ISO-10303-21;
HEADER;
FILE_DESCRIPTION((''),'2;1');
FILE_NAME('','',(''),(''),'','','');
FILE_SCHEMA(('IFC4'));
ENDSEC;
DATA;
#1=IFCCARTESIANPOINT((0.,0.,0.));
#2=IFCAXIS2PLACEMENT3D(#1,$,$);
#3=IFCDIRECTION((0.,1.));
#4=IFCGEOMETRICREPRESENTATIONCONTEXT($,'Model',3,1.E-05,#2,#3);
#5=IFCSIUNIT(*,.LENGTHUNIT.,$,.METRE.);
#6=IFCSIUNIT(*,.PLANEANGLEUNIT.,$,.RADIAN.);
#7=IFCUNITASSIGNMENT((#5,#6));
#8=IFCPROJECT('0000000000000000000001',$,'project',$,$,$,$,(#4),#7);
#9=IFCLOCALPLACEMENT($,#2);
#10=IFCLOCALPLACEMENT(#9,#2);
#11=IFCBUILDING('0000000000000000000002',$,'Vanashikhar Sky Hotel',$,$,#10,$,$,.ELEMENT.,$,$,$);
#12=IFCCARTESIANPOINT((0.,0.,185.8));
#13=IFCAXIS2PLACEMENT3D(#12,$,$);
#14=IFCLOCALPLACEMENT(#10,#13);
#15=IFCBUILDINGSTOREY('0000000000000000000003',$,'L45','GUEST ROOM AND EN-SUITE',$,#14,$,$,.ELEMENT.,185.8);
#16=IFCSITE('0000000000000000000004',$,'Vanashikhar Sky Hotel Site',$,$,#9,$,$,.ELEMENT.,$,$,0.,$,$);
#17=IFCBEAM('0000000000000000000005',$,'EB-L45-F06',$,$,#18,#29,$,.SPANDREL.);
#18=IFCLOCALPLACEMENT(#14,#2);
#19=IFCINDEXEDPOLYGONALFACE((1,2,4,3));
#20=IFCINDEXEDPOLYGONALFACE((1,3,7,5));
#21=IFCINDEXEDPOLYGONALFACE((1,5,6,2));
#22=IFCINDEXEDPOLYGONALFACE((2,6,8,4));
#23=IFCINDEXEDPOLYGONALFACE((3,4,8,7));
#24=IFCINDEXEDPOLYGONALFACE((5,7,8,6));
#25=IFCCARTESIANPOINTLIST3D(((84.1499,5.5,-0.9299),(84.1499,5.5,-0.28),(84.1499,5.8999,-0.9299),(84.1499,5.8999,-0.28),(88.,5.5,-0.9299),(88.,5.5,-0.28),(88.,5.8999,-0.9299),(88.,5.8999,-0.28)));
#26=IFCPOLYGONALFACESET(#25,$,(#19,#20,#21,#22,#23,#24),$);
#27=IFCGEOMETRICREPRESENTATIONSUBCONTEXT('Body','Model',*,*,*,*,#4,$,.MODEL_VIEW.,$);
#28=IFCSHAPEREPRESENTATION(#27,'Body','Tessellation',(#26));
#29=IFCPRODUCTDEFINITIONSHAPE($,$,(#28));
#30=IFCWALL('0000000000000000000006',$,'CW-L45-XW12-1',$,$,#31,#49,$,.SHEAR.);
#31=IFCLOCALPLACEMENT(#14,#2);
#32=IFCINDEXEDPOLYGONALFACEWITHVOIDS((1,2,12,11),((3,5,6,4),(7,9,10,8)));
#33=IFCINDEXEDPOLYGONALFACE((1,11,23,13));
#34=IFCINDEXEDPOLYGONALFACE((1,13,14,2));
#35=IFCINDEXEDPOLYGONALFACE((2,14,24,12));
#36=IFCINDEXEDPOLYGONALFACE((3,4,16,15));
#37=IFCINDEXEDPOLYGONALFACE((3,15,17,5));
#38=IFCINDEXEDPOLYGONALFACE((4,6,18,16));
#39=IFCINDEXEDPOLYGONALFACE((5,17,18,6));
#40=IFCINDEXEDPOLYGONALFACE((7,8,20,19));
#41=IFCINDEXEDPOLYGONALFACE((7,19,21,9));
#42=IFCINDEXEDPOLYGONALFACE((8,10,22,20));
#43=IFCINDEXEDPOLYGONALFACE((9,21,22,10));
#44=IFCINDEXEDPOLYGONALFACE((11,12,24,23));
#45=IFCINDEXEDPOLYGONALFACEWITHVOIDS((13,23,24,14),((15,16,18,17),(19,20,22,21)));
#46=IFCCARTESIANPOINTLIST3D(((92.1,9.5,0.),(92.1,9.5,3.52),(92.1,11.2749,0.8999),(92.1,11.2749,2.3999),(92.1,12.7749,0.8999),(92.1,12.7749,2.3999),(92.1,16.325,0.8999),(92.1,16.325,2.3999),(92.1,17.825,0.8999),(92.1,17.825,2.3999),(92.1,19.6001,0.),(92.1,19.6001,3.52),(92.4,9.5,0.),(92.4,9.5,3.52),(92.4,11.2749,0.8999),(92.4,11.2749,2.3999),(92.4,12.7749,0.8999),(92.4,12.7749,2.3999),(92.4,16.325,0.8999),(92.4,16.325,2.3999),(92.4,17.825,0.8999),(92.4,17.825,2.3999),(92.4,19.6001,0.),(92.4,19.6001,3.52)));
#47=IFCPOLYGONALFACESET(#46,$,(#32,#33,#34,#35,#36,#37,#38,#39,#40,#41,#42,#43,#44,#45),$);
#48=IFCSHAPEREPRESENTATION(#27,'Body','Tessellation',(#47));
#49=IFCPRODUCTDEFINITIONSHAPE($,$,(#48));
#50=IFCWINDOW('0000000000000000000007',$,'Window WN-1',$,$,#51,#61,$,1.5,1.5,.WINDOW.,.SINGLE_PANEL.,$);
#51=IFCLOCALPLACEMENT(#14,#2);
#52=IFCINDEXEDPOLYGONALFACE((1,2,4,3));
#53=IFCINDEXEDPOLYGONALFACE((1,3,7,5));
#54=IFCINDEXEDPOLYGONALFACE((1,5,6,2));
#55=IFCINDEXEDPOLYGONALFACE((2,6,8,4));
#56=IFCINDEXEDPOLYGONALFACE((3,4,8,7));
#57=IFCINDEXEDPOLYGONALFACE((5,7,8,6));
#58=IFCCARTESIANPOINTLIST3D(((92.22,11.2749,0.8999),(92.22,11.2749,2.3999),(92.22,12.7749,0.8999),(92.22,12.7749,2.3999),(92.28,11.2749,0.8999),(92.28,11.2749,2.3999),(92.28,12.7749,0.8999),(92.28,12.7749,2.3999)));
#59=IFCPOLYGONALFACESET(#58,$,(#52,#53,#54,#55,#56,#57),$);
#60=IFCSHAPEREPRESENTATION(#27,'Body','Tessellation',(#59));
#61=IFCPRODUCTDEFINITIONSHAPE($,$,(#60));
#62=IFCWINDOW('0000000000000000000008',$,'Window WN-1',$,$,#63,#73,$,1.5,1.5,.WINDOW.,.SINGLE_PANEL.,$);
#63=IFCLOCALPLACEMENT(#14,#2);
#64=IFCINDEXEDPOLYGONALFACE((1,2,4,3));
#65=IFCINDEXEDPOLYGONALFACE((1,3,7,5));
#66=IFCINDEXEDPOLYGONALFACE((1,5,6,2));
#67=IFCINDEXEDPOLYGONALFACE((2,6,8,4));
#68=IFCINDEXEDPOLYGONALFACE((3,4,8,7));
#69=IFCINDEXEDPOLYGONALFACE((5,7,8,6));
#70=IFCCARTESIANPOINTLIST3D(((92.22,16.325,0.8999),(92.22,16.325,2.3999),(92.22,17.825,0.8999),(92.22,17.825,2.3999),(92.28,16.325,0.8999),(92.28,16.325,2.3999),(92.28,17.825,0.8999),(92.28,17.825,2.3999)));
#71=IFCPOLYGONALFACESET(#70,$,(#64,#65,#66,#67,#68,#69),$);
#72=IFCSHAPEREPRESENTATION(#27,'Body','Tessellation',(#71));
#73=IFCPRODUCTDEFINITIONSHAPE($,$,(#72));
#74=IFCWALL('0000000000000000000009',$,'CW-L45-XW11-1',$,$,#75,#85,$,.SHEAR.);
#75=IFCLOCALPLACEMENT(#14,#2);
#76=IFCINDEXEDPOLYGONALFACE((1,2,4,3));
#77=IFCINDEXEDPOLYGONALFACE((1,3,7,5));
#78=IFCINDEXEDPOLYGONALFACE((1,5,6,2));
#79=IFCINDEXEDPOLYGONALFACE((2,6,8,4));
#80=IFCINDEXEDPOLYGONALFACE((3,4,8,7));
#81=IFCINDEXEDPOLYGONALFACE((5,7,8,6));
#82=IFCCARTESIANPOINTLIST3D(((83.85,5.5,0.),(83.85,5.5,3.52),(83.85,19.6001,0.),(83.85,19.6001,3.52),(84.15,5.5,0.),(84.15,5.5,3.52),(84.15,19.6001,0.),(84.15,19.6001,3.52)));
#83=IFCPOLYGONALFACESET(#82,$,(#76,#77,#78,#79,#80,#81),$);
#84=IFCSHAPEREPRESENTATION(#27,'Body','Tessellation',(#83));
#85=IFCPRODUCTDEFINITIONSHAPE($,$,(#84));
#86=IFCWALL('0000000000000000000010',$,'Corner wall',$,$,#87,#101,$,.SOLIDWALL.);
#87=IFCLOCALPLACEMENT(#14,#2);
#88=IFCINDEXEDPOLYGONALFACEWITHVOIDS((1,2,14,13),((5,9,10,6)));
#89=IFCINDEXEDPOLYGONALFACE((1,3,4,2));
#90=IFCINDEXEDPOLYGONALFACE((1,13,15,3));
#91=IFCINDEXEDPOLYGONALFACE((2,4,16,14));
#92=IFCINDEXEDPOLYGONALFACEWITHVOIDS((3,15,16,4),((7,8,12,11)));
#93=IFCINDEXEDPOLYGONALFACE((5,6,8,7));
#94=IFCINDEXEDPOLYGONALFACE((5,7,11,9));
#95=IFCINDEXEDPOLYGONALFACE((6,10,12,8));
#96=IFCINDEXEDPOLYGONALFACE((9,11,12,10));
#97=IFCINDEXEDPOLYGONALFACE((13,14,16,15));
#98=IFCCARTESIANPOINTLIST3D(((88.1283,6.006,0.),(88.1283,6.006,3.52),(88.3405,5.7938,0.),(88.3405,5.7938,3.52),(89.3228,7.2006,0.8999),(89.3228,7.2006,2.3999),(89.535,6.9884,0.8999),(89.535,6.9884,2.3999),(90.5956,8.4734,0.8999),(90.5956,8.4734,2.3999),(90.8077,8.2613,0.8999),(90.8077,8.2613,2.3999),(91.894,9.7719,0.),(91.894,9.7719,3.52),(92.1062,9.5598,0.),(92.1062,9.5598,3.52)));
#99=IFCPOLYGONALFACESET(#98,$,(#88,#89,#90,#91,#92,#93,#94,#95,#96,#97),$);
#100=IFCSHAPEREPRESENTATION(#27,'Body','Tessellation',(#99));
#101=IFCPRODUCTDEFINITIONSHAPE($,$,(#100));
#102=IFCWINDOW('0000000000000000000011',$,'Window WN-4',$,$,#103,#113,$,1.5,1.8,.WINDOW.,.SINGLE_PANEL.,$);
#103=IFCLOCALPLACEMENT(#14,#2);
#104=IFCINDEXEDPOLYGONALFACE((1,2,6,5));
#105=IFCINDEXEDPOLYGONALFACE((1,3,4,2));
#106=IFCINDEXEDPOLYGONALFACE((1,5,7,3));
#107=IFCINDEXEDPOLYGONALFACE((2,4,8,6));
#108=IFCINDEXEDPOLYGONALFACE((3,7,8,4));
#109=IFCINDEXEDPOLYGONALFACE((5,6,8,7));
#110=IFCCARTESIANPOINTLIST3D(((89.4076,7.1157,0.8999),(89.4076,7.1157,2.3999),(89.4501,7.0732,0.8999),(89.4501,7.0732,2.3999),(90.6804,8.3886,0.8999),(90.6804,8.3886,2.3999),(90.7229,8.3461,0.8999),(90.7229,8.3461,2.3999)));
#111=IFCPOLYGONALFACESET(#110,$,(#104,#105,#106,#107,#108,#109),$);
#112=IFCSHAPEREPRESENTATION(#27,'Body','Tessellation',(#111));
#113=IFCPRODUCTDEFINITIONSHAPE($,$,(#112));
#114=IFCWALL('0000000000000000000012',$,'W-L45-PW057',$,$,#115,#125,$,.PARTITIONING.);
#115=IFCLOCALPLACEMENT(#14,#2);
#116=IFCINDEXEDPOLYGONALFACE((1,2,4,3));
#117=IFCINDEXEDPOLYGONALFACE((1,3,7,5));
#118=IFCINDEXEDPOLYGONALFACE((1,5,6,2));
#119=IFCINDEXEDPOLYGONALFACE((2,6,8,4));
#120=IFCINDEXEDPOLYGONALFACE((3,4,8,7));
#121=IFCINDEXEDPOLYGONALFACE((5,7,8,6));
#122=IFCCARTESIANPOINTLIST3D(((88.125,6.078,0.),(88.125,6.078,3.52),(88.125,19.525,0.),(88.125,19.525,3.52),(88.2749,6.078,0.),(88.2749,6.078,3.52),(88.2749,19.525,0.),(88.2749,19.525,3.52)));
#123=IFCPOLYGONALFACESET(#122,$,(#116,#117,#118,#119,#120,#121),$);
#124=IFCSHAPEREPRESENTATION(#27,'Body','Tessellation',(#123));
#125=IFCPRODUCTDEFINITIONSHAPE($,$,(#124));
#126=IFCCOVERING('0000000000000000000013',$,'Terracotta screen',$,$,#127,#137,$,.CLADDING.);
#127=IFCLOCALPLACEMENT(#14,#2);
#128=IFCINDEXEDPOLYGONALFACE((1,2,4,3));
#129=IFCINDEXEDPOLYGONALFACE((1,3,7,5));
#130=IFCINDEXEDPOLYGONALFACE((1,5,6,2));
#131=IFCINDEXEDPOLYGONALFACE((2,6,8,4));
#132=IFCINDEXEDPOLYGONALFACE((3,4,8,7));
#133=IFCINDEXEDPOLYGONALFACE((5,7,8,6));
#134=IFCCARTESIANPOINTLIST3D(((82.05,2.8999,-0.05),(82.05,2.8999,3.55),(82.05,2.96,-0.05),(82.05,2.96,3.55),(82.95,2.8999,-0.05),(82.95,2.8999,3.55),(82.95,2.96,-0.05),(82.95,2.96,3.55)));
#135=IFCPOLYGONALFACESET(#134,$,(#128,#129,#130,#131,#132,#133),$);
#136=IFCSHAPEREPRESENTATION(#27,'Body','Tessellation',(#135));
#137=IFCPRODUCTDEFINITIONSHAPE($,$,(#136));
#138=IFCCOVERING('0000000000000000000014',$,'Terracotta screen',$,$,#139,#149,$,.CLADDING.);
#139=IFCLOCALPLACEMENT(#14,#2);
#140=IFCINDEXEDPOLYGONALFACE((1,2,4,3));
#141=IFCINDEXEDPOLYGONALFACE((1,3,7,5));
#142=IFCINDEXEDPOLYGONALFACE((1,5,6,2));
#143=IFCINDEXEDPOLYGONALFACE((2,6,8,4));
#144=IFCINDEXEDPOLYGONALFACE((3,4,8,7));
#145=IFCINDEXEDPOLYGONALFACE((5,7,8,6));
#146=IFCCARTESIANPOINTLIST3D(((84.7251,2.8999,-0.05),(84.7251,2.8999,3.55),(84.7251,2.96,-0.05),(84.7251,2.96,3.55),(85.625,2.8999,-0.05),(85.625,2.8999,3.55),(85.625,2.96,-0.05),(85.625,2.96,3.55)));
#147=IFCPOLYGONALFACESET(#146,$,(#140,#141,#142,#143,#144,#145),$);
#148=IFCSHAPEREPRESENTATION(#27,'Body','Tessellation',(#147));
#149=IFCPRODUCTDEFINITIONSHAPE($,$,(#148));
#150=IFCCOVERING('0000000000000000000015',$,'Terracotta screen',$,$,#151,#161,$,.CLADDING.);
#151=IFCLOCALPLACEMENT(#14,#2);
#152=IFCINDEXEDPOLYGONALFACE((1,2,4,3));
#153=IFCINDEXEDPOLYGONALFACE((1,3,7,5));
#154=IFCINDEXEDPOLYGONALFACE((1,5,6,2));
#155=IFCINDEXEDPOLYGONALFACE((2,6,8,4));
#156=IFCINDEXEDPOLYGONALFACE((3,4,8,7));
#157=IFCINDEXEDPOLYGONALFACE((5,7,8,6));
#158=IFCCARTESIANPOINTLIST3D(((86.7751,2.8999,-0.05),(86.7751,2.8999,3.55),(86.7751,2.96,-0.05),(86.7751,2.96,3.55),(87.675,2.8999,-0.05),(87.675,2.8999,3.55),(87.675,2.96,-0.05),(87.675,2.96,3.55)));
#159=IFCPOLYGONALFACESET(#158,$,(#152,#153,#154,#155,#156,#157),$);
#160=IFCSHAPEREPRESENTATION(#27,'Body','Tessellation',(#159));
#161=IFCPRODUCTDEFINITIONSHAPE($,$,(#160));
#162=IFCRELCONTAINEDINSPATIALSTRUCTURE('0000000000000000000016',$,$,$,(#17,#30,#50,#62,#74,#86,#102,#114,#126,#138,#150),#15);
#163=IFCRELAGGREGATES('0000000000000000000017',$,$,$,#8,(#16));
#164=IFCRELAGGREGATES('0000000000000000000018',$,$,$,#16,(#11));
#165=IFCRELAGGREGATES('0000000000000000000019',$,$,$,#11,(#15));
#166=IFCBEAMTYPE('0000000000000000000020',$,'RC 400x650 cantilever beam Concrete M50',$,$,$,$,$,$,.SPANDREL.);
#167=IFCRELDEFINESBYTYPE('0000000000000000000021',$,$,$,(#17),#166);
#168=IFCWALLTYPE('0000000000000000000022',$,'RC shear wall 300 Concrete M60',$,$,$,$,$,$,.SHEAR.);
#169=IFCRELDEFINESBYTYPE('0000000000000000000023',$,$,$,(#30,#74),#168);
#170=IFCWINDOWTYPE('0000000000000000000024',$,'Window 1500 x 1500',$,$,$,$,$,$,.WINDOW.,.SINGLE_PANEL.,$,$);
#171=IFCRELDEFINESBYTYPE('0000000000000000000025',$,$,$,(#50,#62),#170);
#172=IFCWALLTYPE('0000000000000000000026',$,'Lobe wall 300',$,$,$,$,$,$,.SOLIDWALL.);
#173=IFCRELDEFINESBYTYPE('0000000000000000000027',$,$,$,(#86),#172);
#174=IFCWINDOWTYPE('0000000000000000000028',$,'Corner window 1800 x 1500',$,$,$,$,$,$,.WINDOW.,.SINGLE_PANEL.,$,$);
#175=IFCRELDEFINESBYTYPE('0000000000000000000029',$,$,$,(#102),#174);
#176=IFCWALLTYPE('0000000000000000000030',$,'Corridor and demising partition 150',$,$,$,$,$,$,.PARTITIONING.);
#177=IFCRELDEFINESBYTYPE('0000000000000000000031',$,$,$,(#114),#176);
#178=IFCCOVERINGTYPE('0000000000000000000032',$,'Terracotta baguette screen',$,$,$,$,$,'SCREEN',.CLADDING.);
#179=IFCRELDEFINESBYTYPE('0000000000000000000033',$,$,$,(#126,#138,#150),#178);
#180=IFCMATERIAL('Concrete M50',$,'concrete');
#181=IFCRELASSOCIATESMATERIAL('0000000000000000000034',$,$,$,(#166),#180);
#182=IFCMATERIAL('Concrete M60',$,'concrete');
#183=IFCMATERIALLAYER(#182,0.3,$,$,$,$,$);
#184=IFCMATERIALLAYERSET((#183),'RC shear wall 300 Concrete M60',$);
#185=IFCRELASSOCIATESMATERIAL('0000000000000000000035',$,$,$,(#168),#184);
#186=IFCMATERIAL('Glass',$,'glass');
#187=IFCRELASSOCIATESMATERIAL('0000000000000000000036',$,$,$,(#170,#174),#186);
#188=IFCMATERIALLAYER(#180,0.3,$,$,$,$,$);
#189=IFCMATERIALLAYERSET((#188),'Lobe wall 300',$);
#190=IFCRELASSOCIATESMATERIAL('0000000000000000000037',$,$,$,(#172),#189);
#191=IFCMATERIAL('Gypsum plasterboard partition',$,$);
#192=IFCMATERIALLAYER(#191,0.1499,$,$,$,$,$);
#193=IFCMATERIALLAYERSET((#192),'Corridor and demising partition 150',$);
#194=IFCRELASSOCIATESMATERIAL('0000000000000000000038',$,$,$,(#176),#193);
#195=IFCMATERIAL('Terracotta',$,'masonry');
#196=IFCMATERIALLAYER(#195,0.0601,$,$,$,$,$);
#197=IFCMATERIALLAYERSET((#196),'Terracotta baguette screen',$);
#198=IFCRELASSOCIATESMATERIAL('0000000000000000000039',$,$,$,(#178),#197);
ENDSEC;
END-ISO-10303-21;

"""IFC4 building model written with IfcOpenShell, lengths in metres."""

from ifc_helpers import new_model, si_unit, direction, frame, frame_2d, origin, origin_2d, place, context, subcontext, project, spatial, rectangle, extrude, source, transform, mapped, material, layer, layer_set, material_profile, profile_set, type_object, element, fill, save


model = new_model("IFC4")

# Units and contexts
model_context = context("Model", 3, precision=1e-05, world=origin(), true_north=direction((0.0, 1.0)))
body_context = subcontext(model_context, "Body", "Model", "MODEL_VIEW")
ifc_project = project(units=[si_unit("LENGTHUNIT", "METRE"), si_unit("PLANEANGLEUNIT", "RADIAN")], contexts=[model_context])

# Site, building, storey
site_placement = place(None, origin())
site = spatial("IfcSite", under=ifc_project, at=site_placement, Name="Vanashikhar Sky Hotel Site", CompositionType="ELEMENT", RefElevation=0.0)
building_placement = place(site_placement, origin())
building = spatial("IfcBuilding", under=site, at=building_placement, Name="Vanashikhar Sky Hotel", CompositionType="ELEMENT")
storey_placement = place(building_placement, frame((0.0, 0.0, 185.8)))
storey = spatial("IfcBuildingStorey", under=building, at=storey_placement, Name="L45", Description="GUEST ROOM AND EN-SUITE", CompositionType="ELEMENT", Elevation=185.8)

# Beam
ifc_material_1 = material(Name="Concrete M50", Category="concrete")
ifc_material_profile = material_profile(ifc_material_1, rectangle(XDim=0.3999, YDim=0.6499, at=origin_2d()))
ifc_profile_set = profile_set([ifc_material_profile], Name="RC 400x650 cantilever beam Concrete M50")
beam_type = type_object("IfcBeamType", Name="RC 400x650 cantilever beam Concrete M50", PredefinedType="SPANDREL", material=ifc_profile_set)
shared_shape_1 = source(origin(), body_context, "Body", "SweptSolid", [
    extrude(rectangle(XDim=0.3999, YDim=0.6499, at=origin_2d()), origin(), (0.0, 0.0, 1.0), 3.8501),
])
beam_placement = place(storey_placement, frame((84.1499, 5.7, -0.605), z_axis=(1.0, 0.0, 0.0), x_axis=(0.0, 1.0, 0.0)))
element("IfcBeam", 1, at=beam_placement, inside=storey, type_object=beam_type, Name="EB-L45-F06", PredefinedType="SPANDREL", context=body_context, shape_type="MappedRepresentation", body=[
    mapped(shared_shape_1, transform((0.0, 0.0, 0.0), scale=1.0)),
])

# Wall, openings, windows
ifc_material_2 = material(Name="Concrete M60", Category="concrete")
ifc_layer_1 = layer(ifc_material_2, 0.3)
ifc_layer_set_1 = layer_set([ifc_layer_1], Name="RC shear wall 300 Concrete M60")
wall_type_1 = type_object("IfcWallType", Name="RC shear wall 300 Concrete M60", PredefinedType="SHEAR", material=ifc_layer_set_1)
shared_shape_2 = source(origin(), body_context, "Body", "SweptSolid", [
    extrude(rectangle(XDim=10.1001, YDim=0.3, at=frame_2d((5.05, 0.0))), origin(), (0.0, 0.0, 1.0), 3.52),
])
wall_1_placement = place(storey_placement, frame((92.25, 9.5, 0.0), z_axis=(0.0, 0.0, 1.0), x_axis=(0.0, 1.0, 0.0)))
wall_1 = element("IfcWall", 2, at=wall_1_placement, inside=storey, type_object=wall_type_1, Name="CW-L45-XW12-1", PredefinedType="SHEAR", context=body_context, shape_type="MappedRepresentation", body=[
    mapped(shared_shape_2, transform((0.0, 0.0, 0.0), scale=1.0)),
])
shared_shape_3 = source(origin(), body_context, "Body", "SweptSolid", [
    extrude(rectangle(XDim=1.5, YDim=1.5, at=frame_2d((0.75, 0.75))), frame((0.0, 0.1602, 0.0), z_axis=(0.0, -1.0, 0.0), x_axis=(1.0, 0.0, 0.0)), (0.0, 0.0, 1.0), 0.3201),
])
opening_1_placement = place(wall_1_placement, frame((1.7749, 0.0, 0.8999)))
opening_1 = element("IfcOpeningElement", 3, at=opening_1_placement, cuts=wall_1, PredefinedType="OPENING", context=body_context, shape_type="MappedRepresentation", body=[
    mapped(shared_shape_3, transform((0.0, 0.0, 0.0), scale=1.0)),
])
opening_2_placement = place(wall_1_placement, frame((6.825, 0.0, 0.8999)))
opening_2 = element("IfcOpeningElement", 4, at=opening_2_placement, cuts=wall_1, PredefinedType="OPENING", context=body_context, shape_type="MappedRepresentation", body=[
    mapped(shared_shape_3, transform((0.0, 0.0, 0.0), scale=1.0)),
])
ifc_material_3 = material(Name="Glass", Category="glass")
window_type_1 = type_object("IfcWindowType", Name="Window 1500 x 1500", PartitioningType="SINGLE_PANEL", PredefinedType="WINDOW", material=ifc_material_3)
shared_shape_4 = source(origin(), body_context, "Body", "SweptSolid", [
    extrude(rectangle(XDim=1.5, YDim=1.5, at=frame_2d((0.75, 0.75))), frame((0.0, 0.03, 0.0), z_axis=(0.0, -1.0, 0.0), x_axis=(1.0, 0.0, 0.0)), (0.0, 0.0, 1.0), 0.0601),
])
window_1_placement = place(opening_1_placement, origin())
window_1 = element("IfcWindow", 5, at=window_1_placement, inside=storey, type_object=window_type_1, Name="Window WN-1", OverallHeight=1.5, OverallWidth=1.5, PartitioningType="SINGLE_PANEL", PredefinedType="WINDOW", context=body_context, shape_type="MappedRepresentation", body=[
    mapped(shared_shape_4, transform((0.0, 0.0, 0.0), scale=1.0)),
])
fill(opening_1, window_1)
window_2_placement = place(opening_2_placement, origin())
window_2 = element("IfcWindow", 6, at=window_2_placement, inside=storey, type_object=window_type_1, Name="Window WN-1", OverallHeight=1.5, OverallWidth=1.5, PartitioningType="SINGLE_PANEL", PredefinedType="WINDOW", context=body_context, shape_type="MappedRepresentation", body=[
    mapped(shared_shape_4, transform((0.0, 0.0, 0.0), scale=1.0)),
])
fill(opening_2, window_2)

# Wall
shared_shape_5 = source(origin(), body_context, "Body", "SweptSolid", [
    extrude(rectangle(XDim=14.1001, YDim=0.3, at=frame_2d((7.05, 0.0))), origin(), (0.0, 0.0, 1.0), 3.52),
])
wall_2_placement = place(storey_placement, frame((84.0, 5.5, 0.0), z_axis=(0.0, 0.0, 1.0), x_axis=(0.0, 1.0, 0.0)))
element("IfcWall", 7, at=wall_2_placement, inside=storey, type_object=wall_type_1, Name="CW-L45-XW11-1", PredefinedType="SHEAR", context=body_context, shape_type="MappedRepresentation", body=[
    mapped(shared_shape_5, transform((0.0, 0.0, 0.0), scale=1.0)),
])

# Wall, opening, window
ifc_layer_2 = layer(ifc_material_1, 0.3)
ifc_layer_set_2 = layer_set([ifc_layer_2], Name="Lobe wall 300")
wall_type_2 = type_object("IfcWallType", Name="Lobe wall 300", PredefinedType="SOLIDWALL", material=ifc_layer_set_2)
shared_shape_6 = source(origin(), body_context, "Body", "SweptSolid", [
    extrude(rectangle(XDim=5.3257, YDim=0.3, at=frame_2d((2.6628, 0.0))), origin(), (0.0, 0.0, 1.0), 3.52),
])
wall_3_placement = place(storey_placement, frame((88.2344, 5.8999, 0.0), z_axis=(0.0, 0.0, 1.0), x_axis=(0.707084, 0.70713, 0.0)))
wall_3 = element("IfcWall", 8, at=wall_3_placement, inside=storey, type_object=wall_type_2, Name="Corner wall", PredefinedType="SOLIDWALL", context=body_context, shape_type="MappedRepresentation", body=[
    mapped(shared_shape_6, transform((0.0, 0.0, 0.0), scale=1.0)),
])
shared_shape_7 = source(origin(), body_context, "Body", "SweptSolid", [
    extrude(rectangle(XDim=1.8, YDim=1.5, at=frame_2d((0.8999, 0.75))), frame((0.0, 0.1602, 0.0), z_axis=(0.0, -1.0, 0.0), x_axis=(1.0, 0.0, 0.0)), (0.0, 0.0, 1.0), 0.3201),
])
opening_3_placement = place(wall_3_placement, frame((1.6895, 0.0, 0.8999)))
opening_3 = element("IfcOpeningElement", 9, at=opening_3_placement, cuts=wall_3, PredefinedType="OPENING", context=body_context, shape_type="MappedRepresentation", body=[
    mapped(shared_shape_7, transform((0.0, 0.0, 0.0), scale=1.0)),
])
window_type_2 = type_object("IfcWindowType", Name="Corner window 1800 x 1500", PartitioningType="SINGLE_PANEL", PredefinedType="WINDOW", material=ifc_material_3)
shared_shape_8 = source(origin(), body_context, "Body", "SweptSolid", [
    extrude(rectangle(XDim=1.8, YDim=1.5, at=frame_2d((0.8999, 0.75))), frame((0.0, 0.03, 0.0), z_axis=(0.0, -1.0, 0.0), x_axis=(1.0, 0.0, 0.0)), (0.0, 0.0, 1.0), 0.0601),
])
window_3_placement = place(opening_3_placement, origin())
window_3 = element("IfcWindow", 10, at=window_3_placement, inside=storey, type_object=window_type_2, Name="Window WN-4", OverallHeight=1.5, OverallWidth=1.8, PartitioningType="SINGLE_PANEL", PredefinedType="WINDOW", context=body_context, shape_type="MappedRepresentation", body=[
    mapped(shared_shape_8, transform((0.0, 0.0, 0.0), scale=1.0)),
])
fill(opening_3, window_3)

# Wall
ifc_material_4 = material(Name="Gypsum plasterboard partition")
ifc_layer_3 = layer(ifc_material_4, 0.1499)
ifc_layer_set_3 = layer_set([ifc_layer_3], Name="Corridor and demising partition 150")
wall_type_3 = type_object("IfcWallType", Name="Corridor and demising partition 150", PredefinedType="PARTITIONING", material=ifc_layer_set_3)
shared_shape_9 = source(origin(), body_context, "Body", "SweptSolid", [
    extrude(rectangle(XDim=13.447, YDim=0.1499, at=frame_2d((6.7236, 0.0))), origin(), (0.0, 0.0, 1.0), 3.52),
])
wall_4_placement = place(storey_placement, frame((88.2, 6.0779, 0.0), z_axis=(0.0, 0.0, 1.0), x_axis=(0.0, 1.0, 0.0)))
element("IfcWall", 11, at=wall_4_placement, inside=storey, type_object=wall_type_3, Name="W-L45-PW057", PredefinedType="PARTITIONING", context=body_context, shape_type="MappedRepresentation", body=[
    mapped(shared_shape_9, transform((0.0, 0.0, 0.0), scale=1.0)),
])

# Coverings
ifc_material_5 = material(Name="Terracotta", Category="masonry")
ifc_layer_4 = layer(ifc_material_5, 0.0601)
ifc_layer_set_4 = layer_set([ifc_layer_4], Name="Terracotta baguette screen")
covering_type = type_object("IfcCoveringType", Name="Terracotta baguette screen", ElementType="SCREEN", PredefinedType="CLADDING", material=ifc_layer_set_4)
shared_shape_10 = source(origin(), body_context, "Body", "SweptSolid", [
    extrude(rectangle(XDim=0.8999, YDim=0.0601, at=origin_2d()), origin(), (0.0, 0.0, 1.0), 3.6001),
])
for number, where, z_axis, x_axis, name in (
    (12, (82.5, 2.9299, -0.05), (0.0, 0.0, 1.0), (1.0, 0.0, 0.0), "Terracotta screen"),
    (13, (85.175, 2.9299, -0.05), (0.0, 0.0, 1.0), (1.0, 0.0, 0.0), "Terracotta screen"),
    (14, (87.2251, 2.9299, -0.05), (0.0, 0.0, 1.0), (1.0, 0.0, 0.0), "Terracotta screen"),
):
    element("IfcCovering", number, at=place(storey_placement, frame(where, z_axis=z_axis, x_axis=x_axis)), inside=storey, type_object=covering_type, Name=name, PredefinedType="CLADDING", context=body_context, shape_type="MappedRepresentation", body=[
        mapped(shared_shape_10, transform((0.0, 0.0, 0.0), scale=1.0)),
    ])

save(model, "model.ifc")
